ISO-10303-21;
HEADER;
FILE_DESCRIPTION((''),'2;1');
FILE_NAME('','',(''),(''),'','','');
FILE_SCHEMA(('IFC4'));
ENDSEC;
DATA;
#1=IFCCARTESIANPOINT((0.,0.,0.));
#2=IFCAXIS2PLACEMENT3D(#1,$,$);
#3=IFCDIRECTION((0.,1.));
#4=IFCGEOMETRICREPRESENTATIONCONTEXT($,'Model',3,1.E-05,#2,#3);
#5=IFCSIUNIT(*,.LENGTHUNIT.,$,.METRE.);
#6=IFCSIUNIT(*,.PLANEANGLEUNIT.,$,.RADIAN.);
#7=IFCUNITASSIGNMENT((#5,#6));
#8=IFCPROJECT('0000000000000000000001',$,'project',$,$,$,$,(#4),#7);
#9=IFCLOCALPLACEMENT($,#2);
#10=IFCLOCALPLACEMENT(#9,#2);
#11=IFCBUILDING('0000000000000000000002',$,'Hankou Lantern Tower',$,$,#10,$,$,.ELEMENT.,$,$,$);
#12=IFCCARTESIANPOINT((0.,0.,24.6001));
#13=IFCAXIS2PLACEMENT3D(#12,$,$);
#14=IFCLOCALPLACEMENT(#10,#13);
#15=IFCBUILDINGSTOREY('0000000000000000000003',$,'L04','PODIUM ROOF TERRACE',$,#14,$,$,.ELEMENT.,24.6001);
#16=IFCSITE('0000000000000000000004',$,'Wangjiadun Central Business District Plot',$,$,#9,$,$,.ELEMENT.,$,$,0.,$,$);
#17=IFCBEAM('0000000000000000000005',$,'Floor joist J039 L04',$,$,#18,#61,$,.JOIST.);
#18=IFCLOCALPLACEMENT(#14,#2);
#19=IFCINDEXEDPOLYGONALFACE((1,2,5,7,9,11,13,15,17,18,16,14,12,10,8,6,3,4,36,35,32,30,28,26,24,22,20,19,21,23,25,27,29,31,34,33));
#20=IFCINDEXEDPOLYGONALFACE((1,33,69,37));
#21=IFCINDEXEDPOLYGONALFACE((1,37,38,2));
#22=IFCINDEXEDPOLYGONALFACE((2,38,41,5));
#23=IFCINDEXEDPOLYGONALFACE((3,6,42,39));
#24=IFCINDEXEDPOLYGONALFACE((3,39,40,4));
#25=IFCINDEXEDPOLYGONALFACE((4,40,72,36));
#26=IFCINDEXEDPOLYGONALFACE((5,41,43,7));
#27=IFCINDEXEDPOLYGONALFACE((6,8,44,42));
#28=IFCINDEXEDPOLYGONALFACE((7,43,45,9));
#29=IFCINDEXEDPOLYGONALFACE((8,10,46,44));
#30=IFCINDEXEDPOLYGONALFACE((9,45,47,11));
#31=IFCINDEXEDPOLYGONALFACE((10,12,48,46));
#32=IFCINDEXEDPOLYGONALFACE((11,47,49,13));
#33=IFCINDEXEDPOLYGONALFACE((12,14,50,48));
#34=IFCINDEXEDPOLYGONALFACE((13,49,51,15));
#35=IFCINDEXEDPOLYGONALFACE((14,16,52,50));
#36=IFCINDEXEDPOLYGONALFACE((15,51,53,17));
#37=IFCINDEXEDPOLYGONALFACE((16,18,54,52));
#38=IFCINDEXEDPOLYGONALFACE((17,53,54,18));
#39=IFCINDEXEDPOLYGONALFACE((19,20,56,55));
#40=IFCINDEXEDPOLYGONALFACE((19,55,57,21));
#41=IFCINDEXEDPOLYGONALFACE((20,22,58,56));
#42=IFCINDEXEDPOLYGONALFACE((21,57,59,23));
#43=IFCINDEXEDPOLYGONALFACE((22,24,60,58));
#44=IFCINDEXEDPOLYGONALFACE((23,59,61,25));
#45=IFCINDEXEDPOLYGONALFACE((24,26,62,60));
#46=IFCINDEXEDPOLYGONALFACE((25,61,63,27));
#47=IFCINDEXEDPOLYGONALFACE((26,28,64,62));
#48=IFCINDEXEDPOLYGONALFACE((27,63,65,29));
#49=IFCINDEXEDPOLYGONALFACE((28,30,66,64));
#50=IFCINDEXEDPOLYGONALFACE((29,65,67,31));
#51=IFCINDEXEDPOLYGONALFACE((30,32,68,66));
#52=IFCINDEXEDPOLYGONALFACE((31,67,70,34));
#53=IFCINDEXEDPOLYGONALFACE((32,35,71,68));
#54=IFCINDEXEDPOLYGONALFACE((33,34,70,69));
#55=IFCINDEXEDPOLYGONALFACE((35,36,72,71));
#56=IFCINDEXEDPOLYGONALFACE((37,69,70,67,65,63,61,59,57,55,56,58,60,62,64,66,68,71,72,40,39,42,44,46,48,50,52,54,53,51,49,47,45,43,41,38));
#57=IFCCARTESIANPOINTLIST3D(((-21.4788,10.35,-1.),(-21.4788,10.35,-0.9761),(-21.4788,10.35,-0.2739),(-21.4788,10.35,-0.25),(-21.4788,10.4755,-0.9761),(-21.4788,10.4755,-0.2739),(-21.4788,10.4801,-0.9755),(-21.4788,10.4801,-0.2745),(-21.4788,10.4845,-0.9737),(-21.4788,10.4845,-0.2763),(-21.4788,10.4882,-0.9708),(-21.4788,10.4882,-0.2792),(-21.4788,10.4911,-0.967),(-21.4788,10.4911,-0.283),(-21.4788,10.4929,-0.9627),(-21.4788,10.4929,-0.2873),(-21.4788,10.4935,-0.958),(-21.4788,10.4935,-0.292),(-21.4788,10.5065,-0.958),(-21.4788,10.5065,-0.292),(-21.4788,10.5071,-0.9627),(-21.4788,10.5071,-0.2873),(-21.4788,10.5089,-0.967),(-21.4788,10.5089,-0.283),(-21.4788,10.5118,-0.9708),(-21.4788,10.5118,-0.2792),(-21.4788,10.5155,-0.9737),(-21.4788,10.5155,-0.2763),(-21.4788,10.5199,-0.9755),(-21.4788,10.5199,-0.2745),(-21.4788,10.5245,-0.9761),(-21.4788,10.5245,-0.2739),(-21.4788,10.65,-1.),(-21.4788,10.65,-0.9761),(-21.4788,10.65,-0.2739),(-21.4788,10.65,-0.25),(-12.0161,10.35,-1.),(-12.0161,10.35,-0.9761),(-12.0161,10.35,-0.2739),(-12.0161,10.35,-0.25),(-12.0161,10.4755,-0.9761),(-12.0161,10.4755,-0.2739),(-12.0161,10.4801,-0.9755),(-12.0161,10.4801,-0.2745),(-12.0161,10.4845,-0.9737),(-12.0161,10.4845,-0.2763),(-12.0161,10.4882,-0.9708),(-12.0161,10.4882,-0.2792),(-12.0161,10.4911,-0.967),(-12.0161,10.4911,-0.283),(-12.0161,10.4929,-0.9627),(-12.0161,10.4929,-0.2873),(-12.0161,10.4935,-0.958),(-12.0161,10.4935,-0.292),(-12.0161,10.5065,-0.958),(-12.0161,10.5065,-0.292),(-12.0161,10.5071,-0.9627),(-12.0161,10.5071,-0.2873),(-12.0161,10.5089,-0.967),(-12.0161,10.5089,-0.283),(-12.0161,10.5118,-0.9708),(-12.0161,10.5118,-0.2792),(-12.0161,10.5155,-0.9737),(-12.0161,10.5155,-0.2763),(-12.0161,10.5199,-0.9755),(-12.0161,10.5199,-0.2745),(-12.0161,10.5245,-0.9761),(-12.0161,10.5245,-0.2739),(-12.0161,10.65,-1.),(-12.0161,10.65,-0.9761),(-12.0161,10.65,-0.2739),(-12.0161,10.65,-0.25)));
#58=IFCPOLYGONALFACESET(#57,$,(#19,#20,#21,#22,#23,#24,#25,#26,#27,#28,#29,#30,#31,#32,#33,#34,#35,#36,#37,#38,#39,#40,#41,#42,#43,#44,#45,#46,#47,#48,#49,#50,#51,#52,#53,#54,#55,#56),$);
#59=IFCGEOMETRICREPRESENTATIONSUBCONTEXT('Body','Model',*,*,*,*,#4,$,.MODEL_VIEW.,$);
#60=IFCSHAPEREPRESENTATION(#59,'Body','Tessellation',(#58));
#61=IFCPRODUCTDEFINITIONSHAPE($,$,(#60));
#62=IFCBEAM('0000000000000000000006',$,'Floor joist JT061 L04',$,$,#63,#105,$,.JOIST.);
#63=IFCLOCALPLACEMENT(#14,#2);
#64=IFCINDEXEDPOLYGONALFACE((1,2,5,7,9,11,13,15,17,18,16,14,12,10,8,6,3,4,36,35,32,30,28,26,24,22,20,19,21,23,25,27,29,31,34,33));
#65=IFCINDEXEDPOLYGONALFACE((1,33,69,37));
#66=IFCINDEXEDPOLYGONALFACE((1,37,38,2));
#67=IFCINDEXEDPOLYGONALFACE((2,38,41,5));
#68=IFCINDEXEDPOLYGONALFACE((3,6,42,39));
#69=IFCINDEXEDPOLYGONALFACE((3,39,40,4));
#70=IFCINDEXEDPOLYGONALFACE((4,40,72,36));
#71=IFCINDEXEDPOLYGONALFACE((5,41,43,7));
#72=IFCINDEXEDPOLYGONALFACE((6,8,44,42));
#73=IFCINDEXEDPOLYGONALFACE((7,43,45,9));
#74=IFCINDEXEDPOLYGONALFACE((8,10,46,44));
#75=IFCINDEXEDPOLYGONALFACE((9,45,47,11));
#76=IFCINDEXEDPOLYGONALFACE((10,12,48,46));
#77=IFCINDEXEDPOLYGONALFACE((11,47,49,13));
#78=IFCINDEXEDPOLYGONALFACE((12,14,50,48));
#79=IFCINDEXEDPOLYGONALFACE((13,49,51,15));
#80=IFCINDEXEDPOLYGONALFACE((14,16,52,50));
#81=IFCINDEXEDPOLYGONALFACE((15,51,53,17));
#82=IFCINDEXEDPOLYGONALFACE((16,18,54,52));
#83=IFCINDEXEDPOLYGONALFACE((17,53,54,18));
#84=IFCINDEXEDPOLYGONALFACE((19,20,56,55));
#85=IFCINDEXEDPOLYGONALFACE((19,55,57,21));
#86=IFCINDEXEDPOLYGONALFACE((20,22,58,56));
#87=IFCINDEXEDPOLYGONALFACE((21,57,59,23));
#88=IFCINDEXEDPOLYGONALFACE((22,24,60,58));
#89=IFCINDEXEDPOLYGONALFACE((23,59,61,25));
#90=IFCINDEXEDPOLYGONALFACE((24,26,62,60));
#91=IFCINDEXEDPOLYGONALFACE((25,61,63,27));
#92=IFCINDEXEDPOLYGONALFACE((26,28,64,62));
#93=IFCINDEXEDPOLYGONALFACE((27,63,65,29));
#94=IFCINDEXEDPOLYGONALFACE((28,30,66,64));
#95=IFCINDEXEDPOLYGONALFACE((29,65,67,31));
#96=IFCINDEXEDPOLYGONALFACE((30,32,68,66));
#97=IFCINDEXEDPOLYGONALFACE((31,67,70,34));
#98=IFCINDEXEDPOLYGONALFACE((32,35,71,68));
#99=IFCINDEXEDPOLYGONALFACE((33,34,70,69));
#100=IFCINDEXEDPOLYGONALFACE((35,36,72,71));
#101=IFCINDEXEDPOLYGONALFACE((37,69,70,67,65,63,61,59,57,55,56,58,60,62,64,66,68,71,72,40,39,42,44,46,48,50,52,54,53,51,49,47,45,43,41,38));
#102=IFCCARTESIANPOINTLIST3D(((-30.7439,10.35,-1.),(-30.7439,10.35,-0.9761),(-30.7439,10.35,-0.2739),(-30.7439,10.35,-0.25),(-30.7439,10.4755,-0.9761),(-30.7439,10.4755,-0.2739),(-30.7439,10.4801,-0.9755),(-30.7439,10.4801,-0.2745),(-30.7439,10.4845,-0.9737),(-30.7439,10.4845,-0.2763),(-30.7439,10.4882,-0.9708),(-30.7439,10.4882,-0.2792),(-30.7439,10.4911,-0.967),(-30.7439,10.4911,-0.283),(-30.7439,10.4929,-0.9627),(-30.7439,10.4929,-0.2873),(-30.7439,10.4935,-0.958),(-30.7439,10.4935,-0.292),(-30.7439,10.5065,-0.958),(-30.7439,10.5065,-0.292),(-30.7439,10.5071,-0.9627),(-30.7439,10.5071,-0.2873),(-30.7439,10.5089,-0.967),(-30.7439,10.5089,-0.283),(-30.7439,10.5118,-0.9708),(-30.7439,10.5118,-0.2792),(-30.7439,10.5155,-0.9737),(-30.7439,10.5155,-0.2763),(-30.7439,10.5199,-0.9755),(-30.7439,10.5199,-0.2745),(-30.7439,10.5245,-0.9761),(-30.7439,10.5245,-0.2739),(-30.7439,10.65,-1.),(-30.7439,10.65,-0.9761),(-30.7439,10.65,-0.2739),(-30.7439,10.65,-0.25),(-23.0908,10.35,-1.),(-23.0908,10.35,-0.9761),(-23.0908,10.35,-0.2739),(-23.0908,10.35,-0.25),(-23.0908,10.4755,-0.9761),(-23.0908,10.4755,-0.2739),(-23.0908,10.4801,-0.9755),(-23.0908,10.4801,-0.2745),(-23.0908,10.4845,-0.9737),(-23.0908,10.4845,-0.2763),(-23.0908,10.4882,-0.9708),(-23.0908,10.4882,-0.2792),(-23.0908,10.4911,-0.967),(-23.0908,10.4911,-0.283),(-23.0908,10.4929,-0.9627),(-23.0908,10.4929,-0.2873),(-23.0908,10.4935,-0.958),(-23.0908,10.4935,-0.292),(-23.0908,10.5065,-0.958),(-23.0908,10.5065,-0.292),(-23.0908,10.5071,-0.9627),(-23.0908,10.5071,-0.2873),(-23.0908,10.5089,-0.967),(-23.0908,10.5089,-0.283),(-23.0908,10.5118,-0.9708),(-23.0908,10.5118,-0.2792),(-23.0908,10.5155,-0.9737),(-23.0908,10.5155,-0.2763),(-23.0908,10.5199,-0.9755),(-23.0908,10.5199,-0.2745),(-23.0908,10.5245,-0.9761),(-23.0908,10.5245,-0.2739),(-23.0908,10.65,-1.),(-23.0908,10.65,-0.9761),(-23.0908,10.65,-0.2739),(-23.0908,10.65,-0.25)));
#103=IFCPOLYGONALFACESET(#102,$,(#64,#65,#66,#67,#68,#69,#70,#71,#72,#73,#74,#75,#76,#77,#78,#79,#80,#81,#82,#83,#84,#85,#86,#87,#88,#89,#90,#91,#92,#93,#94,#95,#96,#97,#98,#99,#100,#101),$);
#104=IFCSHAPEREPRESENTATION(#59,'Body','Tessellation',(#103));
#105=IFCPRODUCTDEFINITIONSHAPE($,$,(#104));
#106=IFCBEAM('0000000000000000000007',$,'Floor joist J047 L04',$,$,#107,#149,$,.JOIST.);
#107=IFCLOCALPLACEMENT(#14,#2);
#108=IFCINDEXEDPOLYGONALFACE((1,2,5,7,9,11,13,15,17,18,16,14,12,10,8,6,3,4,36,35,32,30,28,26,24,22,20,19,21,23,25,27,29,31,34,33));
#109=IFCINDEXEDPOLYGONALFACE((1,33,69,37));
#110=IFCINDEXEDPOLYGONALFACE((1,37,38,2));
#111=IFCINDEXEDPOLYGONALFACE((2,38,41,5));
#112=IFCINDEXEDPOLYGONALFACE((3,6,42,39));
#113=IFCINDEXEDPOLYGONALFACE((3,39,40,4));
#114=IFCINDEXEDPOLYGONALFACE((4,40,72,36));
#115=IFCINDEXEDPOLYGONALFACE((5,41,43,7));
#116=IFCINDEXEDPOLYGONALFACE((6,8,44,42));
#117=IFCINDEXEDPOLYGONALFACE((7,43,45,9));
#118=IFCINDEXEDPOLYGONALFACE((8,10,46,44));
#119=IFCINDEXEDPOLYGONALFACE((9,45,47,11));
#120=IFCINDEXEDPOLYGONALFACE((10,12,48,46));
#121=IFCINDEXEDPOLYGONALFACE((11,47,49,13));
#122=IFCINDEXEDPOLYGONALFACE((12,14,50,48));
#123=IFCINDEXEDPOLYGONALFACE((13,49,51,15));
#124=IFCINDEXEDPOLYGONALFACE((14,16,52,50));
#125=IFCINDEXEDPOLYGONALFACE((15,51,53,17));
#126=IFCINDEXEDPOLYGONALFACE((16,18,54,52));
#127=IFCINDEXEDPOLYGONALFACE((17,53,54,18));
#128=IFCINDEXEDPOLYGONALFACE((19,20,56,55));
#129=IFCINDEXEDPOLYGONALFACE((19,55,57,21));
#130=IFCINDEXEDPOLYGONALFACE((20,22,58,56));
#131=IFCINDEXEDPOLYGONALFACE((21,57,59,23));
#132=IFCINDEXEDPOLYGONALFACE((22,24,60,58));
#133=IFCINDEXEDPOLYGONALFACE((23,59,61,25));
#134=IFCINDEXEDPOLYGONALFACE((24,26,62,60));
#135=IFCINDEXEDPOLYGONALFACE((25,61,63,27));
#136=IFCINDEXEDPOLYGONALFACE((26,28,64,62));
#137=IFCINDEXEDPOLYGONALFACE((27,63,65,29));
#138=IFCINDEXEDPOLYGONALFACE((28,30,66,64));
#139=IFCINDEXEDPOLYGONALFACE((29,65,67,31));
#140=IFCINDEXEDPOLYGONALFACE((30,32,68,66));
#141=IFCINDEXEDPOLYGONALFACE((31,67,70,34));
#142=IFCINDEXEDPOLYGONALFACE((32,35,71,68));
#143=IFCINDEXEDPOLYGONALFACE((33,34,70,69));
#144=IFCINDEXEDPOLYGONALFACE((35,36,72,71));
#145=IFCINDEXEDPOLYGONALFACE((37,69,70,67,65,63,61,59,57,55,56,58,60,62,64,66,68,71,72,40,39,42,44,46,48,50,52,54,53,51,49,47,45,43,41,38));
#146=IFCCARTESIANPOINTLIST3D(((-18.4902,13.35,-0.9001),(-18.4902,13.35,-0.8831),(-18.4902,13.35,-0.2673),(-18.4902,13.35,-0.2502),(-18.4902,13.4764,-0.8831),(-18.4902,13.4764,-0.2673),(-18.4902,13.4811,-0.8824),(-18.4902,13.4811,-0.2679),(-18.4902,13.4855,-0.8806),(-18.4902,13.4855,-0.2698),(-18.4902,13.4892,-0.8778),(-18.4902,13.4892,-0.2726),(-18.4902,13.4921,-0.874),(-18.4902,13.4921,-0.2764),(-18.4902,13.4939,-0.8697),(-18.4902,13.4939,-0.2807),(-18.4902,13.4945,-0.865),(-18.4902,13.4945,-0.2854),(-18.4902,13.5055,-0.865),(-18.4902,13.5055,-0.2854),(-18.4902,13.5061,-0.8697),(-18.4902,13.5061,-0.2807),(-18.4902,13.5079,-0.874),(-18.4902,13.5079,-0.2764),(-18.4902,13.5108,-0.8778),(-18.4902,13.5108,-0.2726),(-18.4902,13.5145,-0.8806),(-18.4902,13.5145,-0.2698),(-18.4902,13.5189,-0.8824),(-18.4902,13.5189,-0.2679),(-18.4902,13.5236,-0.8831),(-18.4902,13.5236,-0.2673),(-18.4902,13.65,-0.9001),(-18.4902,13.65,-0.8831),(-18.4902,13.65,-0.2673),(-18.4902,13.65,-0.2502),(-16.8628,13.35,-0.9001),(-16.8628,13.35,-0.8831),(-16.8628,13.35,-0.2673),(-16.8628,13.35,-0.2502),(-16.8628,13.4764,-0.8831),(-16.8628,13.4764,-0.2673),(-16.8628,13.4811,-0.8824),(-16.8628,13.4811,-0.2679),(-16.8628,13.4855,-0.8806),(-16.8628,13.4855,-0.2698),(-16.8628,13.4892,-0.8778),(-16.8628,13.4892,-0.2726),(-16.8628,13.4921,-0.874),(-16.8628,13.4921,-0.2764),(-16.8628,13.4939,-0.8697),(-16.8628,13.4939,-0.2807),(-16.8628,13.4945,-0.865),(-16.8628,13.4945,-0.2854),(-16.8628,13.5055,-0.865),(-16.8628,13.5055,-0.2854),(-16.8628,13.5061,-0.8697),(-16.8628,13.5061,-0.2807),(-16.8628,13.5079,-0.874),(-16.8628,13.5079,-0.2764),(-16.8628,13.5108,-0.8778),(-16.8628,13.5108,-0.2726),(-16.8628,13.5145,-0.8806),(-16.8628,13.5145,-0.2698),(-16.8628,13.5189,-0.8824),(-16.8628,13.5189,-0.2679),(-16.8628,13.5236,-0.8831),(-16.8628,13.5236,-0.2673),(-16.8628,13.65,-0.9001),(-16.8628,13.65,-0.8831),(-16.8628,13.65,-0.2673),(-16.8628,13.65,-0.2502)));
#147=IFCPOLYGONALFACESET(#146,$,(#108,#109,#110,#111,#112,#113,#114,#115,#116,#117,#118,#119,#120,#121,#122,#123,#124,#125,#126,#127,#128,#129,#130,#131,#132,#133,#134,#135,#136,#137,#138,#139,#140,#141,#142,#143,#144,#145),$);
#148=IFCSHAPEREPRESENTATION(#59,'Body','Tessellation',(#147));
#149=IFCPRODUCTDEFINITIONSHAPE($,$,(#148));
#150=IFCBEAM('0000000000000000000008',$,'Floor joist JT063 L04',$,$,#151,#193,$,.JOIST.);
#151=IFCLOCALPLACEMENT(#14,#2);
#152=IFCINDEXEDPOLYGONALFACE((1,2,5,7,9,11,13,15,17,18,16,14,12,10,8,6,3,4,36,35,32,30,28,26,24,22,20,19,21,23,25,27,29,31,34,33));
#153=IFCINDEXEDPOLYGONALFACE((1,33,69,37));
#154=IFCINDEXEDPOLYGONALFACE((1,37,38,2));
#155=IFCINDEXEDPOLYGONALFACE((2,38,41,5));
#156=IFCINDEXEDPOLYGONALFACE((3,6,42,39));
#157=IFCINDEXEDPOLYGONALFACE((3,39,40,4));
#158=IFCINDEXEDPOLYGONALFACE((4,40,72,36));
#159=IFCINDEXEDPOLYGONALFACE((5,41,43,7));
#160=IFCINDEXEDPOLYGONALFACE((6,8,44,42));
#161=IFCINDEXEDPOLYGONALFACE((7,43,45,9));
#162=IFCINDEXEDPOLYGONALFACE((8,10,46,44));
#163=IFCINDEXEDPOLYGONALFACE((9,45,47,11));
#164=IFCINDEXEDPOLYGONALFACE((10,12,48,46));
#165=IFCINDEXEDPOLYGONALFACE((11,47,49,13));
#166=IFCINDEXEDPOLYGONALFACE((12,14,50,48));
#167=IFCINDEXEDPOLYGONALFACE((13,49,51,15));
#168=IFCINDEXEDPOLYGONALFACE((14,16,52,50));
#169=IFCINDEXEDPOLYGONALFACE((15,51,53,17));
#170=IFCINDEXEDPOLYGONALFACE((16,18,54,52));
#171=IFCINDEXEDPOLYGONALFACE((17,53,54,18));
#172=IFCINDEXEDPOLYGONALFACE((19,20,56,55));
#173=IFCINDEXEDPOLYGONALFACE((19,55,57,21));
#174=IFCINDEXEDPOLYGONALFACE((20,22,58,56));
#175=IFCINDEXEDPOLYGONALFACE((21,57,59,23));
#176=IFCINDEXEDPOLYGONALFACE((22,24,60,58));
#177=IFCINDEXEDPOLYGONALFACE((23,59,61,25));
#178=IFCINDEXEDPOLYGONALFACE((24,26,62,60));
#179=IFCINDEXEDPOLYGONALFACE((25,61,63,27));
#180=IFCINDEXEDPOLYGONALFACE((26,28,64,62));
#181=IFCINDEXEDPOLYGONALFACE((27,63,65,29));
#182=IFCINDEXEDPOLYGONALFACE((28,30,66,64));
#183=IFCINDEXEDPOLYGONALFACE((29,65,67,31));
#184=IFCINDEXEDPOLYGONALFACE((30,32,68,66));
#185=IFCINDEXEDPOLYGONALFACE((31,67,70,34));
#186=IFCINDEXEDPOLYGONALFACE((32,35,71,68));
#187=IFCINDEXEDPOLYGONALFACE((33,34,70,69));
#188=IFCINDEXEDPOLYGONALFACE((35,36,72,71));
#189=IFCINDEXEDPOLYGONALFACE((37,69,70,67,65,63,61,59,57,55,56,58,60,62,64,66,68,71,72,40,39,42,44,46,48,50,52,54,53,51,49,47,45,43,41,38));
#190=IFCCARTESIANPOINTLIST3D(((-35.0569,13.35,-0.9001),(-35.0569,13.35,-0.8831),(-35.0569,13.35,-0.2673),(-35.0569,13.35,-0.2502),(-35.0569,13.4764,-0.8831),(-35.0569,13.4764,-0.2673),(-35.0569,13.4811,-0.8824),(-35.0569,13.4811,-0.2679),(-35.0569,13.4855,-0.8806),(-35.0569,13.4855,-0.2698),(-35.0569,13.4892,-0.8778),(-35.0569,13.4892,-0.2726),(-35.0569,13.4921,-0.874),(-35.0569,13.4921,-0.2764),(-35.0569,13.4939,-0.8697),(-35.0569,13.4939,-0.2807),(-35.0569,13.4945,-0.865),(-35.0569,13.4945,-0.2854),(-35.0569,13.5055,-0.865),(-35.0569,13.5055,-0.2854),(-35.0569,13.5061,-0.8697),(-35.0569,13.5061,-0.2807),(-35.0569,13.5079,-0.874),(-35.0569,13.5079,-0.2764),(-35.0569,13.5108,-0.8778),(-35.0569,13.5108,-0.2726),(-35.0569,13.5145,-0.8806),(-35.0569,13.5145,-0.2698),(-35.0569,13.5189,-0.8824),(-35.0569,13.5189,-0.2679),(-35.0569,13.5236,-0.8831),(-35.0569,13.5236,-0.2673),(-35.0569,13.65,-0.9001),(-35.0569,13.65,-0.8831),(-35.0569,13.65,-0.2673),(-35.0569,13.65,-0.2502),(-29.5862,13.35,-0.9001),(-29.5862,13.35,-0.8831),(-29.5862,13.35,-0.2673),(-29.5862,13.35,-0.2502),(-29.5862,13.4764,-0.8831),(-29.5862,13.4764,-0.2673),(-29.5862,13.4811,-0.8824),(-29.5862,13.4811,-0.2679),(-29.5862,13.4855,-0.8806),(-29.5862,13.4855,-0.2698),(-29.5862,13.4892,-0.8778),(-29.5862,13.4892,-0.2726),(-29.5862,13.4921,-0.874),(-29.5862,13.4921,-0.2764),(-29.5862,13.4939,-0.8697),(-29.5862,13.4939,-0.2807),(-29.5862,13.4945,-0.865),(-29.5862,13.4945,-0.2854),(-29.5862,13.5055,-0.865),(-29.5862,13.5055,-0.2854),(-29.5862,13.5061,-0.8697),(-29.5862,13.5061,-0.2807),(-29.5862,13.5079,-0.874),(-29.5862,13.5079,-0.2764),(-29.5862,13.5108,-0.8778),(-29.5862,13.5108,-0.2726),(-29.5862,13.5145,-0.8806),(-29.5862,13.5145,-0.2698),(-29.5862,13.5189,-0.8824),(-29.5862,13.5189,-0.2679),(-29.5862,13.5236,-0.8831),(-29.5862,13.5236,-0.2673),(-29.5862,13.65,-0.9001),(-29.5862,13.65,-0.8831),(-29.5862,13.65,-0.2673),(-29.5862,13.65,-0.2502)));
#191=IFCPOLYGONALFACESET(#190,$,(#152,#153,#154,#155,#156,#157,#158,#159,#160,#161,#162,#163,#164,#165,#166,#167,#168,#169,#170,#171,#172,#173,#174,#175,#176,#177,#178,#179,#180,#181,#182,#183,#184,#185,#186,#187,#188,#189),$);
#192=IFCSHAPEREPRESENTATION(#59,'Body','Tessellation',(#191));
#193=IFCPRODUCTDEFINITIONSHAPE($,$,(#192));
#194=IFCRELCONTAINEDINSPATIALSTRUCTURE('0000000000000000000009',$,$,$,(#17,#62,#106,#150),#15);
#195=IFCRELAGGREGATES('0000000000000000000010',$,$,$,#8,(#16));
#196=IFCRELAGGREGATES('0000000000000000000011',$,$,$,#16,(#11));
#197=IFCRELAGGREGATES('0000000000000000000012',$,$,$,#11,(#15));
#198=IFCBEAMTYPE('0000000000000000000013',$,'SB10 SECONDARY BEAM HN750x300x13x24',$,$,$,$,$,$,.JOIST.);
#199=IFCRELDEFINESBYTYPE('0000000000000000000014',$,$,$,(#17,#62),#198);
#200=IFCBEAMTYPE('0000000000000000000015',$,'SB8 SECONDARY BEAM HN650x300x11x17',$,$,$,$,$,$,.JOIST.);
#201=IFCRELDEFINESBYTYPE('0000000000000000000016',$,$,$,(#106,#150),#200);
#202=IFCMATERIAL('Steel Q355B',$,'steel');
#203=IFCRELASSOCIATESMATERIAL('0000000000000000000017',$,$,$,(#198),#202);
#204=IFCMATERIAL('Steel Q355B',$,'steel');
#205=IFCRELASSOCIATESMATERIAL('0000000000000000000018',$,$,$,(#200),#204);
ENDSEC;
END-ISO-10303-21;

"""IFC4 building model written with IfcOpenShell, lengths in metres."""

from ifc_helpers import new_model, si_unit, direction, frame, origin, origin_2d, place, context, subcontext, project, spatial, i_section, extrude, material, material_profile, profile_set, type_object, element, save


model = new_model("IFC4")

# Units and contexts
model_context = context("Model", 3, precision=1e-05, world=origin(), true_north=direction((0.0, 1.0)))
body_context = subcontext(model_context, "Body", "Model", "MODEL_VIEW")
ifc_project = project(units=[si_unit("LENGTHUNIT", "METRE"), si_unit("PLANEANGLEUNIT", "RADIAN")], contexts=[model_context])

# Site, building, storey
site_placement = place(None, origin())
site = spatial("IfcSite", under=ifc_project, at=site_placement, Name="Wangjiadun Central Business District Plot", CompositionType="ELEMENT", RefElevation=0.0)
building_placement = place(site_placement, origin())
building = spatial("IfcBuilding", under=site, at=building_placement, Name="Hankou Lantern Tower", CompositionType="ELEMENT")
storey_placement = place(building_placement, frame((0.0, 0.0, 24.6001)))
storey = spatial("IfcBuildingStorey", under=building, at=storey_placement, Name="L04", Description="PODIUM ROOF TERRACE", CompositionType="ELEMENT", Elevation=24.6001)

# Beams
ifc_material_1 = material(Name="Steel Q355B", Category="steel")
ifc_material_profile_1 = material_profile(ifc_material_1, i_section(OverallWidth=0.3, OverallDepth=0.75, WebThickness=0.0129, FlangeThickness=0.0239, FilletRadius=0.0181, at=origin_2d()), Name="HN750x300x13x24")
ifc_profile_set_1 = profile_set([ifc_material_profile_1], Name="Steel Q355B")
beam_type_1 = type_object("IfcBeamType", Name="SB10 SECONDARY BEAM HN750x300x13x24", PredefinedType="JOIST", material=ifc_profile_set_1)
beam_1_placement = place(storey_placement, frame((-21.4788, 10.5, -0.625), z_axis=(1.0, 0.0, 0.0), x_axis=(0.0, 1.0, 0.0)))
element("IfcBeam", 1, at=beam_1_placement, inside=storey, type_object=beam_type_1, Name="Floor joist J039 L04", PredefinedType="JOIST", context=body_context, shape_type="SweptSolid", body=[
    extrude(i_section(OverallWidth=0.3, OverallDepth=0.75, WebThickness=0.0129, FlangeThickness=0.0239, FilletRadius=0.0181, at=origin_2d()), origin(), (0.0, 0.0, 1.0), 9.4626),
])
beam_2_placement = place(storey_placement, frame((-30.7439, 10.5, -0.625), z_axis=(1.0, 0.0, 0.0), x_axis=(0.0, 1.0, 0.0)))
element("IfcBeam", 2, at=beam_2_placement, inside=storey, type_object=beam_type_1, Name="Floor joist JT061 L04", PredefinedType="JOIST", context=body_context, shape_type="SweptSolid", body=[
    extrude(i_section(OverallWidth=0.3, OverallDepth=0.75, WebThickness=0.0129, FlangeThickness=0.0239, FilletRadius=0.0181, at=origin_2d()), origin(), (0.0, 0.0, 1.0), 7.6531),
])
ifc_material_2 = material(Name="Steel Q355B", Category="steel")
ifc_material_profile_2 = material_profile(ifc_material_2, i_section(OverallWidth=0.3, OverallDepth=0.6499, WebThickness=0.011, FlangeThickness=0.0171, FilletRadius=0.0181, at=origin_2d()), Name="HN650x300x11x17")
ifc_profile_set_2 = profile_set([ifc_material_profile_2], Name="Steel Q355B")
beam_type_2 = type_object("IfcBeamType", Name="SB8 SECONDARY BEAM HN650x300x11x17", PredefinedType="JOIST", material=ifc_profile_set_2)
beam_3_placement = place(storey_placement, frame((-18.4902, 13.5, -0.5752), z_axis=(1.0, 0.0, 0.0), x_axis=(0.0, 1.0, 0.0)))
element("IfcBeam", 3, at=beam_3_placement, inside=storey, type_object=beam_type_2, Name="Floor joist J047 L04", PredefinedType="JOIST", context=body_context, shape_type="SweptSolid", body=[
    extrude(i_section(OverallWidth=0.3, OverallDepth=0.6499, WebThickness=0.011, FlangeThickness=0.0171, FilletRadius=0.0181, at=origin_2d()), origin(), (0.0, 0.0, 1.0), 1.6274),
])
beam_4_placement = place(storey_placement, frame((-35.0569, 13.5, -0.5752), z_axis=(1.0, 0.0, 0.0), x_axis=(0.0, 1.0, 0.0)))
element("IfcBeam", 4, at=beam_4_placement, inside=storey, type_object=beam_type_2, Name="Floor joist JT063 L04", PredefinedType="JOIST", context=body_context, shape_type="SweptSolid", body=[
    extrude(i_section(OverallWidth=0.3, OverallDepth=0.6499, WebThickness=0.011, FlangeThickness=0.0171, FilletRadius=0.0181, at=origin_2d()), origin(), (0.0, 0.0, 1.0), 5.4707),
])

save(model, "model.ifc")
